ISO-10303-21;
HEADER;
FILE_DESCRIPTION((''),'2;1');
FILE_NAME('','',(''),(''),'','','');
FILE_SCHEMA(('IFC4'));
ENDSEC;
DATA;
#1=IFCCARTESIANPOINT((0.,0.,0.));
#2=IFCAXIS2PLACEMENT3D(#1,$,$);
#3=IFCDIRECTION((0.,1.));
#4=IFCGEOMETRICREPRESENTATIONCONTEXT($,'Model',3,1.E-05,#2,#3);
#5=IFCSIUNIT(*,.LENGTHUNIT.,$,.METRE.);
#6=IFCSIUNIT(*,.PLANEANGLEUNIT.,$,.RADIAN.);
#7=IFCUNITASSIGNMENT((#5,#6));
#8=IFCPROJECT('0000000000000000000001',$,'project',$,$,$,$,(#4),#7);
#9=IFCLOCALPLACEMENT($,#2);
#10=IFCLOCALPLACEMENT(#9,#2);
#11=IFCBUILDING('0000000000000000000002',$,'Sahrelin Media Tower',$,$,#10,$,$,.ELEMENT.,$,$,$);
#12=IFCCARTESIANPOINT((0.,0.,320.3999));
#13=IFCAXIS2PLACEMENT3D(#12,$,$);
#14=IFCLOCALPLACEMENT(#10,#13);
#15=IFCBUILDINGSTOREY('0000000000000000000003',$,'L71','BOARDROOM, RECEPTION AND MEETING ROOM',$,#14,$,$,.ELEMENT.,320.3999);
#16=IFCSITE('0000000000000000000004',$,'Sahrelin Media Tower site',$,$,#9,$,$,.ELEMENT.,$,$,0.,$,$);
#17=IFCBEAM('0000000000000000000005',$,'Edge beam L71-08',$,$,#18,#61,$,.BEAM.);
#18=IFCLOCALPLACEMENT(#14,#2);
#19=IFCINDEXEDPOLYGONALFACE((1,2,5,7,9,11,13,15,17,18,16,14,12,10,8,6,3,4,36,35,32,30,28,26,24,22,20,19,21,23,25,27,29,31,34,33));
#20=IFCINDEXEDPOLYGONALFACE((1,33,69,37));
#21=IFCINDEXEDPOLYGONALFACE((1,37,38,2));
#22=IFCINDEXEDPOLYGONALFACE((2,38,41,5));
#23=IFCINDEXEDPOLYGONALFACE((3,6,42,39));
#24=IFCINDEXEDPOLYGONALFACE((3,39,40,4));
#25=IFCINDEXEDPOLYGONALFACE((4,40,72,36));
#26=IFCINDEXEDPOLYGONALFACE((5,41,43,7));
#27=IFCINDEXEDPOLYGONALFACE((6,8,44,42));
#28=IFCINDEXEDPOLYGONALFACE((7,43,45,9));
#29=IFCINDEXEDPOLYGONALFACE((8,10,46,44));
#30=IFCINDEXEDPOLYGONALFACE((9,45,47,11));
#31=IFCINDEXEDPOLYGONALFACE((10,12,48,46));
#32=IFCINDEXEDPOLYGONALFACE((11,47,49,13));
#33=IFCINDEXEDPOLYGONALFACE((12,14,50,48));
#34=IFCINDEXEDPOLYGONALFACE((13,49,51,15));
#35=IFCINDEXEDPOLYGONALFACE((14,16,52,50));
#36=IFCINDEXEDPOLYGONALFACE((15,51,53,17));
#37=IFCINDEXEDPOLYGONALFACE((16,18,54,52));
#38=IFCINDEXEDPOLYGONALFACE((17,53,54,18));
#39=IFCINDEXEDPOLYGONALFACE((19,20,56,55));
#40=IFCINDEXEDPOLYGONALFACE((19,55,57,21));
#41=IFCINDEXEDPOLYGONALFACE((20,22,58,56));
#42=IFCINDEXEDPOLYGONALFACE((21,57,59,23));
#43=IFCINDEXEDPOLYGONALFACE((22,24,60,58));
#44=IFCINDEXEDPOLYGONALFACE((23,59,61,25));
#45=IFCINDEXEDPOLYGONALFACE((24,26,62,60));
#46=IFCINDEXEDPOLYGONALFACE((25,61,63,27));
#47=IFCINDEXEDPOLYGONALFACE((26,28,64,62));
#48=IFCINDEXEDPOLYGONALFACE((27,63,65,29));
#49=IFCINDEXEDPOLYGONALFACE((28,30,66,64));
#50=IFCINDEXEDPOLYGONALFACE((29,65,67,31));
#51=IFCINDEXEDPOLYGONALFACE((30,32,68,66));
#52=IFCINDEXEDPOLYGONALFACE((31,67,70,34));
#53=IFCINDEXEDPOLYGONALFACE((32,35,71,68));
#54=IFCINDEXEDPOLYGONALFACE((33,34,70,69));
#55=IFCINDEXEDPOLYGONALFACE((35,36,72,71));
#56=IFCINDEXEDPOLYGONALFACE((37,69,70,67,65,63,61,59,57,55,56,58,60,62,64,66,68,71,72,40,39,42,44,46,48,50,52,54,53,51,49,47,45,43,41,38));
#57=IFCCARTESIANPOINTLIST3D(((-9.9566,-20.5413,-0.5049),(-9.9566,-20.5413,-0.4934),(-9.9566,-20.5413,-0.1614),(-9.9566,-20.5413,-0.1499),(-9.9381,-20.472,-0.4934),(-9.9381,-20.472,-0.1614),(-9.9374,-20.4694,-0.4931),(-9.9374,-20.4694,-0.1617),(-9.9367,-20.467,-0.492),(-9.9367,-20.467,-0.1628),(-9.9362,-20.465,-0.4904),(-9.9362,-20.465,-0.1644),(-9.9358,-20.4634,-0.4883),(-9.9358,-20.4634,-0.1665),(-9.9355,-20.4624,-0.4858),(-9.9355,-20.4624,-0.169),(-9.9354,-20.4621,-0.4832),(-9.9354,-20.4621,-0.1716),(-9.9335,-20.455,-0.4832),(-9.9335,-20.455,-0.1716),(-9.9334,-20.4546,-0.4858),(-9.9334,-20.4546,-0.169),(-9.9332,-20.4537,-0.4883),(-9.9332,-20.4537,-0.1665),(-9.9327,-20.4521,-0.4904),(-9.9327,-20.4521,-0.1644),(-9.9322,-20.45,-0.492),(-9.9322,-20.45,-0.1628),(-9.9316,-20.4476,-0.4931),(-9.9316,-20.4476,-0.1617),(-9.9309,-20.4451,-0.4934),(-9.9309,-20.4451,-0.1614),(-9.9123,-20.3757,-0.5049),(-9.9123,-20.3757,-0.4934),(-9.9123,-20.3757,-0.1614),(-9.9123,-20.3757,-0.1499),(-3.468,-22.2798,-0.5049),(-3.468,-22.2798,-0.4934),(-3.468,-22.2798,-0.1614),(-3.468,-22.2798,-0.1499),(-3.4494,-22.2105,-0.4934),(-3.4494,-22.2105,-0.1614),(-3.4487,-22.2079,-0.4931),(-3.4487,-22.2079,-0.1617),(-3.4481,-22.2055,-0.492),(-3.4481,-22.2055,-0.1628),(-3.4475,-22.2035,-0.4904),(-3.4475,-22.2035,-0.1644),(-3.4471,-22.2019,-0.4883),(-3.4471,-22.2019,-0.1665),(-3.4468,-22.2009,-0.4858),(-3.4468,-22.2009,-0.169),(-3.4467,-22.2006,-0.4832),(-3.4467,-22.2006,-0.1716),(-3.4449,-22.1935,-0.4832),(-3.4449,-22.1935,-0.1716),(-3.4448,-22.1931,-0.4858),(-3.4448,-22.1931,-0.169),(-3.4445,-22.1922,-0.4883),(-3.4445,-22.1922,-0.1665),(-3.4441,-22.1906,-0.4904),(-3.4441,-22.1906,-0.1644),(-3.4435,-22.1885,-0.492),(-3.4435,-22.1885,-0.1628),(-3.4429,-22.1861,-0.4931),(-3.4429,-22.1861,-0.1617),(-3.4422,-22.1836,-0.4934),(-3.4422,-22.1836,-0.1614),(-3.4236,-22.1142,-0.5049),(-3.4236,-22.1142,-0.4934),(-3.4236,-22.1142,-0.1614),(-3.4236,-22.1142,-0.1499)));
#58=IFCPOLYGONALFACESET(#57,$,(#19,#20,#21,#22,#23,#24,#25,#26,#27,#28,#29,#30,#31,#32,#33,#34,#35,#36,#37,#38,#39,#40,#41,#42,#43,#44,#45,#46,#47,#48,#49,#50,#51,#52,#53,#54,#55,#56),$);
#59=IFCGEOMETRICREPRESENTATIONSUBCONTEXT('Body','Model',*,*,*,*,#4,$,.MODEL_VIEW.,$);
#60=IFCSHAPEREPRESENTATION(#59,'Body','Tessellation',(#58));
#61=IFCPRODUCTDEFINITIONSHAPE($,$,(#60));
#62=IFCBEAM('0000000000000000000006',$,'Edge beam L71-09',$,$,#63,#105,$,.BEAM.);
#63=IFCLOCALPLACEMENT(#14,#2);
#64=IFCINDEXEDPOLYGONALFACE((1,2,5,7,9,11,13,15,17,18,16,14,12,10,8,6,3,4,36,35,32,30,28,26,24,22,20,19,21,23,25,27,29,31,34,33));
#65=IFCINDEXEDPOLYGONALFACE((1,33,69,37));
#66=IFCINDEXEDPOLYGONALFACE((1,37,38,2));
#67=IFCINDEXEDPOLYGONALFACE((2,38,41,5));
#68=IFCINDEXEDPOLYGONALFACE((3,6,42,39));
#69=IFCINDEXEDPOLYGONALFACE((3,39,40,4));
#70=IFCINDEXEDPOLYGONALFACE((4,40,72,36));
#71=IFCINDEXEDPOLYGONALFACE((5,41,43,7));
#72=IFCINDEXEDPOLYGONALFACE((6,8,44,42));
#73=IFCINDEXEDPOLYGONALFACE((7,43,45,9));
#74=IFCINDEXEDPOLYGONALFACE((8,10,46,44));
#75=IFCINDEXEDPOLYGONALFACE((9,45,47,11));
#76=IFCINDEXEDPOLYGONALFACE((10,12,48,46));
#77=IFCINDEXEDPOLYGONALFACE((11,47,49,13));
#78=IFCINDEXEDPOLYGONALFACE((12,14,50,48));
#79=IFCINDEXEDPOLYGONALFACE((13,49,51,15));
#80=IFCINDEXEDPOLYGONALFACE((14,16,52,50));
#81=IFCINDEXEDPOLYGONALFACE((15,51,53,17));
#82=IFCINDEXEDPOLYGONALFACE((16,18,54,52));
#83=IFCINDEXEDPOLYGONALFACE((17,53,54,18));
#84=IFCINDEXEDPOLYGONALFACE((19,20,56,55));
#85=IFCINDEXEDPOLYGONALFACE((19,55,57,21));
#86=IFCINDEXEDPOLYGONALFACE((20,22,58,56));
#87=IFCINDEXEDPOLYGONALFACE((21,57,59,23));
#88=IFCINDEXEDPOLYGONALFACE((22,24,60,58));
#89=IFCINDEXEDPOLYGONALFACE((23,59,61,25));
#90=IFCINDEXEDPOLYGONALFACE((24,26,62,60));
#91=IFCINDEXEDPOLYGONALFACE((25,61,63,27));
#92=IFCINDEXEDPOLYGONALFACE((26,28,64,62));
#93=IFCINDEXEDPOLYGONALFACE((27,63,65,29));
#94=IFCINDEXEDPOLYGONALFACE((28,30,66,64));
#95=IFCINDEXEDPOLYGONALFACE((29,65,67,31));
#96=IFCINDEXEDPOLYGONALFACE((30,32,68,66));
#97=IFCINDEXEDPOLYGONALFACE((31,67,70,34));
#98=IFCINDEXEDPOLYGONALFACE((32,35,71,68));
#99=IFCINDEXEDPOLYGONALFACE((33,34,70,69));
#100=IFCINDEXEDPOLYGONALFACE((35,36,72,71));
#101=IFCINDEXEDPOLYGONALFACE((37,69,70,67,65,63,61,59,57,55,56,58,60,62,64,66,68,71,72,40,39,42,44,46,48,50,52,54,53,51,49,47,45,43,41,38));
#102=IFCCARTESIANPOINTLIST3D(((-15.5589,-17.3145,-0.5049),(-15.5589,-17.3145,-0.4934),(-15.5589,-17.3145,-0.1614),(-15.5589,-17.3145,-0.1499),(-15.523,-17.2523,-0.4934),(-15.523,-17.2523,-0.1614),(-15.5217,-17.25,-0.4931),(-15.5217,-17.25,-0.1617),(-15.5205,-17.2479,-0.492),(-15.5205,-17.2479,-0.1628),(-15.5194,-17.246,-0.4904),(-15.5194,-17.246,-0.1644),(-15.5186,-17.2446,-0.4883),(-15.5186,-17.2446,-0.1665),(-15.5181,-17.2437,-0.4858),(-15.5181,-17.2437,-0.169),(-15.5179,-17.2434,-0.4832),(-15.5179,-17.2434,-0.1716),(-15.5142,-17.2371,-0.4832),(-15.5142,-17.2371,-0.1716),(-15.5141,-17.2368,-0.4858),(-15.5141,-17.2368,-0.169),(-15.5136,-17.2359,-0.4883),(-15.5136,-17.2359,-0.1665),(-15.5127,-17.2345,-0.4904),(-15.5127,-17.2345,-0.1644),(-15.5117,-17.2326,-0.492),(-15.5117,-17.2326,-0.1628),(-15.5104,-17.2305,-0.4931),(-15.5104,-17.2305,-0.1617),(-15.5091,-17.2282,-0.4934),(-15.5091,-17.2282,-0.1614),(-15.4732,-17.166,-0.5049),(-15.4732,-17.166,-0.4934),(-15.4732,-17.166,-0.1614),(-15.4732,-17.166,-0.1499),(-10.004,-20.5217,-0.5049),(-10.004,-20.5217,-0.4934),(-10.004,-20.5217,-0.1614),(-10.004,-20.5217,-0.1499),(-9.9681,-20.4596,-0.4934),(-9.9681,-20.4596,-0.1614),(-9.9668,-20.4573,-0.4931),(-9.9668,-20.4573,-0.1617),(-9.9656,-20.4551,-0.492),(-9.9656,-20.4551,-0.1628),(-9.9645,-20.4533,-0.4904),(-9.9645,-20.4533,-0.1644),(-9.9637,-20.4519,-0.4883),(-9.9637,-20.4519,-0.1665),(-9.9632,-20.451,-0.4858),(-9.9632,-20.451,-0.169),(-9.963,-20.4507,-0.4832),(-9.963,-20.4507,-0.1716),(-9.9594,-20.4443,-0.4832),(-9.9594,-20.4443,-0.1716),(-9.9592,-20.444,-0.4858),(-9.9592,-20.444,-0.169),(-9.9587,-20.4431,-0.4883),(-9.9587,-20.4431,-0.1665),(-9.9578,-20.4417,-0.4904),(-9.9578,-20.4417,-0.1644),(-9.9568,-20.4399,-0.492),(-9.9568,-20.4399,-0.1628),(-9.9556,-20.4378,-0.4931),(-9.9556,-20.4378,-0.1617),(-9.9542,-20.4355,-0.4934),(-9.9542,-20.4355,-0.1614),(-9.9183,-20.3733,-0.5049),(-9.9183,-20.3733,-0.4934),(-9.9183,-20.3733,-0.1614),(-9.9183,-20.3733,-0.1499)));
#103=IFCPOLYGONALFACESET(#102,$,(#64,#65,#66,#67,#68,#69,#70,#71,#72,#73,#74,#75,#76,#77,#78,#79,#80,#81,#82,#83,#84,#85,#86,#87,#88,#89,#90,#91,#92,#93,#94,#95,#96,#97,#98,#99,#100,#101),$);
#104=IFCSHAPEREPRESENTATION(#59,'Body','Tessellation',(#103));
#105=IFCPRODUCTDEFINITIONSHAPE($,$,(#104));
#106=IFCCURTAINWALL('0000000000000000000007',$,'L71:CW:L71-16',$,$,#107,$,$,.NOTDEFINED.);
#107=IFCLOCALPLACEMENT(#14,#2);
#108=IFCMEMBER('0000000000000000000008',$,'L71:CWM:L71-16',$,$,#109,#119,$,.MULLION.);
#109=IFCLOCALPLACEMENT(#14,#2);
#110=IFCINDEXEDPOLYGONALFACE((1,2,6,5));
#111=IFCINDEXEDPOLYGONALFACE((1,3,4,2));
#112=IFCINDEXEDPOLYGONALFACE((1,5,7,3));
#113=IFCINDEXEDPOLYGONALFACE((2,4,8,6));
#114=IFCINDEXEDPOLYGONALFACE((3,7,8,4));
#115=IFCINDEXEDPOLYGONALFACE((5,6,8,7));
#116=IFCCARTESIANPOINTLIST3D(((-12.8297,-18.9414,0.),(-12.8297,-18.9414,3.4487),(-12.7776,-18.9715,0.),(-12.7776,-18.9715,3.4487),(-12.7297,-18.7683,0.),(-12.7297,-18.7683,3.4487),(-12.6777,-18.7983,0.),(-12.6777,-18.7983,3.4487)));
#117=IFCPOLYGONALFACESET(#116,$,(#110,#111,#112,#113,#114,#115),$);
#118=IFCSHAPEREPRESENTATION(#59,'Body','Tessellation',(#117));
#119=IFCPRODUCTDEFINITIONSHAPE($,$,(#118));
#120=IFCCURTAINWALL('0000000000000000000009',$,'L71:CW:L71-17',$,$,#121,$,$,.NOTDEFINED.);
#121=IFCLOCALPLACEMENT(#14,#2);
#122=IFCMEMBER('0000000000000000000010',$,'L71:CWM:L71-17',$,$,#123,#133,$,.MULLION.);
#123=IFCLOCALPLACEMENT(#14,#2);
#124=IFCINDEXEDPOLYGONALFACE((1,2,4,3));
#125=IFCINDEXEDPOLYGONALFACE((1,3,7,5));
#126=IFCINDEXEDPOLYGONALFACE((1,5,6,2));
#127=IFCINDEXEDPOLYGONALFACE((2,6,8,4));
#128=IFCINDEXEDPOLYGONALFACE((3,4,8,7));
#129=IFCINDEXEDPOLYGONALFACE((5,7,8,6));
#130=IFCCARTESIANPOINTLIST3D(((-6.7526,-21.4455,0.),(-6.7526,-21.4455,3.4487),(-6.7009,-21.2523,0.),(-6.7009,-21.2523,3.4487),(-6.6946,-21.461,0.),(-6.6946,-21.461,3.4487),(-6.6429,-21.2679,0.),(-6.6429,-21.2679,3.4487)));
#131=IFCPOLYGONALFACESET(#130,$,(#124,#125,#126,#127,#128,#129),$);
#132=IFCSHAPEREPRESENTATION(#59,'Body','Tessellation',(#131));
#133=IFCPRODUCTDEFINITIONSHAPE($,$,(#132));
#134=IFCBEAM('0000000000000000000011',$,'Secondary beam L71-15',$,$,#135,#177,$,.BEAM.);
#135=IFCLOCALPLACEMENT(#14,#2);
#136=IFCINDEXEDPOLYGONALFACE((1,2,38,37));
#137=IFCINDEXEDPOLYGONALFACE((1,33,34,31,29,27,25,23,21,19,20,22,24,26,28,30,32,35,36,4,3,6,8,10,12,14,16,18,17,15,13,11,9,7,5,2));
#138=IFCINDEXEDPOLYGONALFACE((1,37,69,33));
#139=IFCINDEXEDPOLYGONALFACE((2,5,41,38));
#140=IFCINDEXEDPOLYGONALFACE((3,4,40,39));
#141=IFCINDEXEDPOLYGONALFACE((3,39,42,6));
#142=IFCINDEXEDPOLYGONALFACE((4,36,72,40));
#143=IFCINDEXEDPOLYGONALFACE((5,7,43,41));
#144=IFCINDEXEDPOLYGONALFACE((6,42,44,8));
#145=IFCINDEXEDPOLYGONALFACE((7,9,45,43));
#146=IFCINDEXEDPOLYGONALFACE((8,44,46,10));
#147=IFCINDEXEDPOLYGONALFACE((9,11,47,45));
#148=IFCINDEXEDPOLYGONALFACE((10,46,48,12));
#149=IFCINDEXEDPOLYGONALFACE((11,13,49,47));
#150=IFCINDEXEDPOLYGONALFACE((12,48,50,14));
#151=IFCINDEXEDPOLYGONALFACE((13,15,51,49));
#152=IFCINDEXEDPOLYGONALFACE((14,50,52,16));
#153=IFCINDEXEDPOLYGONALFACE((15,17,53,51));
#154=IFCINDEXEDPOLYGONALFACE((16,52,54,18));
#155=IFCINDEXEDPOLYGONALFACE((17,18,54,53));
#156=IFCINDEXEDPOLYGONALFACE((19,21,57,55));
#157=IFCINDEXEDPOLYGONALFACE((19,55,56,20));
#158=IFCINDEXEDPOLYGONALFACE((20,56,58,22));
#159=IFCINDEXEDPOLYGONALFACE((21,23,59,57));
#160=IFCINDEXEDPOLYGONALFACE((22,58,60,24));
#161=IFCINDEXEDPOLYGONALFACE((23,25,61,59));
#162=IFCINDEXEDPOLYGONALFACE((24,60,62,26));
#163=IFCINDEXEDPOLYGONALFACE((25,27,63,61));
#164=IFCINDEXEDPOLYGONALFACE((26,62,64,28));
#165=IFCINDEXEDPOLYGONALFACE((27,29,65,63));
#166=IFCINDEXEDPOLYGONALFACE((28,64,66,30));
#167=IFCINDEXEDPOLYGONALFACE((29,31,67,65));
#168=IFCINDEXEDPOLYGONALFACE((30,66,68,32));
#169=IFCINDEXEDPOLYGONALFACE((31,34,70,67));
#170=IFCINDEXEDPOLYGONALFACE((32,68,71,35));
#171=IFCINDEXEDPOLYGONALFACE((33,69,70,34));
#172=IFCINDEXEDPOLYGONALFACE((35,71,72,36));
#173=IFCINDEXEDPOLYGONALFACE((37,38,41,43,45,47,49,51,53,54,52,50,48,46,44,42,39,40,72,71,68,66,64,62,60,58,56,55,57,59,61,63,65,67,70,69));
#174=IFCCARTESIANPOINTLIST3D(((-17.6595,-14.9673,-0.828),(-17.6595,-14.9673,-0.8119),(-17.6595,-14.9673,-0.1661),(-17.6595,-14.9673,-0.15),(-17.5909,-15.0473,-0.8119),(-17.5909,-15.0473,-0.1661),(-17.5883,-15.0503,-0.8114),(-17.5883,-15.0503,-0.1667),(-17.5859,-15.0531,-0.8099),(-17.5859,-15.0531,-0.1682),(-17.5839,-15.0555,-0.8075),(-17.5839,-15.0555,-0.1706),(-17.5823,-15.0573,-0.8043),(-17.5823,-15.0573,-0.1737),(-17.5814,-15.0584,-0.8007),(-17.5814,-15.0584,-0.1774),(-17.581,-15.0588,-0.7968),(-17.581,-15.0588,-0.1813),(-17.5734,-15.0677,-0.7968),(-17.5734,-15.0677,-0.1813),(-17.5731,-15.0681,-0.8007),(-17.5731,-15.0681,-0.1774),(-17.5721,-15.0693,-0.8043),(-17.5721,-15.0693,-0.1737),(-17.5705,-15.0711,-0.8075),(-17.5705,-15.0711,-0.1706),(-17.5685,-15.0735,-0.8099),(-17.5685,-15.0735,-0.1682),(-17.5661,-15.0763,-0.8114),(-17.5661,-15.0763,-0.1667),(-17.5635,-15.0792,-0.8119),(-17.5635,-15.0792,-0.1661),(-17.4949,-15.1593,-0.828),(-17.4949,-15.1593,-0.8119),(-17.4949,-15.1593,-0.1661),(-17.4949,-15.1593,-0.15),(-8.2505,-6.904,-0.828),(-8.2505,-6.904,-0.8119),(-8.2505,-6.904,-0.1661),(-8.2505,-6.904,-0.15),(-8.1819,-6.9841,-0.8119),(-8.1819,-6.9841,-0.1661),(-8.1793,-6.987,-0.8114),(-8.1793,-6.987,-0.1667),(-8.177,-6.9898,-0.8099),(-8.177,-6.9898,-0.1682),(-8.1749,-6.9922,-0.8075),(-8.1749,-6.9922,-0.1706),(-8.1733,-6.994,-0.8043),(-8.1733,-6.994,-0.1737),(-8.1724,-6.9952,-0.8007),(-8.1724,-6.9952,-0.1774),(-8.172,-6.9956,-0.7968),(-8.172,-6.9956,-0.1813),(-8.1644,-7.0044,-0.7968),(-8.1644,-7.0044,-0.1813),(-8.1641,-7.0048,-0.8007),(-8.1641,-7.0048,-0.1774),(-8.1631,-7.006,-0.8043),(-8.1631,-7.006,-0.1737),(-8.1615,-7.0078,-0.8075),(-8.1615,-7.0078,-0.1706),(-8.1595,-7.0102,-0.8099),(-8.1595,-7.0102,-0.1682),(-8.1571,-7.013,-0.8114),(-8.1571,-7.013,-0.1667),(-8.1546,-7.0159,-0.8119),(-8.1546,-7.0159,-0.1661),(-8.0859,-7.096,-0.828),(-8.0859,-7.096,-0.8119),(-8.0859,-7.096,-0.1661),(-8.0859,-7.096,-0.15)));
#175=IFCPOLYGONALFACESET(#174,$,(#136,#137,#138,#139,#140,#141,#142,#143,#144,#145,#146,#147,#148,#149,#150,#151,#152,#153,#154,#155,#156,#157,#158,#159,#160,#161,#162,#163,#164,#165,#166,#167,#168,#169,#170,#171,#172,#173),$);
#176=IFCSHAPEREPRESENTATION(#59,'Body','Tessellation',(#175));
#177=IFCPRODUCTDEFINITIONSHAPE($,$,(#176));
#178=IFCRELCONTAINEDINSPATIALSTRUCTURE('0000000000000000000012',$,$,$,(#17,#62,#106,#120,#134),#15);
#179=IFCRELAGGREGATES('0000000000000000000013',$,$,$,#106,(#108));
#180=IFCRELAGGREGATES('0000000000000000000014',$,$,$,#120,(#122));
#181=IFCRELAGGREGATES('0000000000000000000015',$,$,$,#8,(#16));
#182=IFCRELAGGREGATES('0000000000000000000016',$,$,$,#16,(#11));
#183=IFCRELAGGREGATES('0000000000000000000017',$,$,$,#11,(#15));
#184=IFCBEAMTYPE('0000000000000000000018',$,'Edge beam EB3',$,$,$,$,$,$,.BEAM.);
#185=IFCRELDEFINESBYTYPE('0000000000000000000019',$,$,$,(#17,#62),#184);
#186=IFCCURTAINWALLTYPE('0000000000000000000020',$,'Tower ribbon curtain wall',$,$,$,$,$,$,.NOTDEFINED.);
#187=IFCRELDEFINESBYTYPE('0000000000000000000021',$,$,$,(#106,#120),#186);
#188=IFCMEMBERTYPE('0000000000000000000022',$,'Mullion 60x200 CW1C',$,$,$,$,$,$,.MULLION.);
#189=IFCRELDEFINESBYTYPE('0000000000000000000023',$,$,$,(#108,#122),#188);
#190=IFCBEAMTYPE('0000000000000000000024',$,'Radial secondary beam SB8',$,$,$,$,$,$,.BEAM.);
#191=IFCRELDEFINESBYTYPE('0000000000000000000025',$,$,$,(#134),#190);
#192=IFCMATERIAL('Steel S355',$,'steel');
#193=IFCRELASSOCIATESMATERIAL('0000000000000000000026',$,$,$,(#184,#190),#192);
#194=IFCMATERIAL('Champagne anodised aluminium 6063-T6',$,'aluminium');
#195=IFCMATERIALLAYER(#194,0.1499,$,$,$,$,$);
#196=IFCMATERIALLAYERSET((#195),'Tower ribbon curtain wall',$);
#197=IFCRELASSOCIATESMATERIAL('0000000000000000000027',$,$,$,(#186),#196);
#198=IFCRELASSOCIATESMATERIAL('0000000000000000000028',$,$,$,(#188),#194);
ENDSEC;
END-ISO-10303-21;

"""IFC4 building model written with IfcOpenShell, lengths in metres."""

from ifc_helpers import new_model, si_unit, direction, frame, origin, origin_2d, place, context, subcontext, project, spatial, rectangle, i_section, extrude, material, layer, layer_set, material_profile, profile_set, type_object, element, aggregate, save


model = new_model("IFC4")

# Units and contexts
model_context = context("Model", 3, precision=1e-05, world=origin(), true_north=direction((0.0, 1.0)))
body_context = subcontext(model_context, "Body", "Model", "MODEL_VIEW")
ifc_project = project(units=[si_unit("LENGTHUNIT", "METRE"), si_unit("PLANEANGLEUNIT", "RADIAN")], contexts=[model_context])

# Site, building, storey
site_placement = place(None, origin())
site = spatial("IfcSite", under=ifc_project, at=site_placement, Name="Sahrelin Media Tower site", CompositionType="ELEMENT", RefElevation=0.0)
building_placement = place(site_placement, origin())
building = spatial("IfcBuilding", under=site, at=building_placement, Name="Sahrelin Media Tower", CompositionType="ELEMENT")
storey_placement = place(building_placement, frame((0.0, 0.0, 320.3999)))
storey = spatial("IfcBuildingStorey", under=building, at=storey_placement, Name="L71", Description="BOARDROOM, RECEPTION AND MEETING ROOM", CompositionType="ELEMENT", Elevation=320.3999)

# Beams
ifc_material_1 = material(Name="Steel S355", Category="steel")
ifc_material_profile_1 = material_profile(ifc_material_1, i_section(OverallWidth=0.1714, OverallDepth=0.355, WebThickness=0.0073, FlangeThickness=0.0115, FilletRadius=0.0103, at=origin_2d()), Name="UB 356x171x51")
ifc_profile_set_1 = profile_set([ifc_material_profile_1], Name="Steel S355")
beam_type_1 = type_object("IfcBeamType", Name="Edge beam EB3", PredefinedType="BEAM", material=ifc_profile_set_1)
beam_1_placement = place(storey_placement, frame((-3.4458, -22.197, -0.3274), z_axis=(-0.965931, 0.2588, 0.0), x_axis=(-0.2588, -0.965931, 0.0)))
element("IfcBeam", 1, at=beam_1_placement, inside=storey, type_object=beam_type_1, Name="Edge beam L71-08", PredefinedType="BEAM", context=body_context, shape_type="SweptSolid", body=[
    extrude(i_section(OverallWidth=0.1714, OverallDepth=0.355, WebThickness=0.0073, FlangeThickness=0.0115, FilletRadius=0.0103, at=origin_2d()), origin(), (0.0, 0.0, 1.0), 6.7175),
])
beam_2_placement = place(storey_placement, frame((-9.9612, -20.4475, -0.3274), z_axis=(-0.866016, 0.500016, 0.0), x_axis=(-0.500016, -0.866016, 0.0)))
element("IfcBeam", 2, at=beam_2_placement, inside=storey, type_object=beam_type_1, Name="Edge beam L71-09", PredefinedType="BEAM", context=body_context, shape_type="SweptSolid", body=[
    extrude(i_section(OverallWidth=0.1714, OverallDepth=0.355, WebThickness=0.0073, FlangeThickness=0.0115, FilletRadius=0.0103, at=origin_2d()), origin(), (0.0, 0.0, 1.0), 6.4143),
])

# Curtain walls, members
ifc_material_2 = material(Name="Champagne anodised aluminium 6063-T6", Category="aluminium")
ifc_layer_1 = layer(ifc_material_2, 0.1499)
ifc_layer_set_1 = layer_set([ifc_layer_1], Name="Tower ribbon curtain wall")
curtain_wall_type = type_object("IfcCurtainWallType", Name="Tower ribbon curtain wall", PredefinedType="NOTDEFINED", material=ifc_layer_set_1)
curtain_wall_1_placement = place(storey_placement, frame((-12.8137, -18.9739, 0.0), z_axis=(0.0, 0.0, 1.0), x_axis=(1.0, 0.0, 0.0)))
curtain_wall_1 = element("IfcCurtainWall", 3, at=curtain_wall_1_placement, inside=storey, type_object=curtain_wall_type, Name="L71:CW:L71-16", PredefinedType="NOTDEFINED")
ifc_material_profile_2 = material_profile(ifc_material_2, rectangle(XDim=0.0601, YDim=0.2, at=origin_2d()), Name="Mullion 60x200")
ifc_profile_set_2 = profile_set([ifc_material_profile_2], Name="Champagne anodised aluminium 6063-T6")
member_type_1 = type_object("IfcMemberType", Name="Mullion 60x200 CW1C", PredefinedType="MULLION", material=ifc_profile_set_2)
member_1_placement = place(storey_placement, frame((-12.7537, -18.8699, 0.0), z_axis=(0.0, 0.0, 1.0), x_axis=(0.866024, -0.500003, 0.0)))
member_1 = element("IfcMember", 4, at=member_1_placement, type_object=member_type_1, Name="L71:CWM:L71-16", PredefinedType="MULLION", context=body_context, shape_type="SweptSolid", body=[
    extrude(rectangle(XDim=0.0601, YDim=0.2, at=origin_2d()), origin(), (0.0, 0.0, 1.0), 3.4487),
])
aggregate(curtain_wall_1, [member_1])
curtain_wall_2_placement = place(storey_placement, frame((-6.729, -21.4727, 0.0), z_axis=(0.0, 0.0, 1.0), x_axis=(1.0, 0.0, 0.0)))
curtain_wall_2 = element("IfcCurtainWall", 5, at=curtain_wall_2_placement, inside=storey, type_object=curtain_wall_type, Name="L71:CW:L71-17", PredefinedType="NOTDEFINED")
member_2_placement = place(storey_placement, frame((-6.6978, -21.3567, 0.0), z_axis=(0.0, 0.0, 1.0), x_axis=(0.965926, -0.258817, 0.0)))
member_2 = element("IfcMember", 6, at=member_2_placement, type_object=member_type_1, Name="L71:CWM:L71-17", PredefinedType="MULLION", context=body_context, shape_type="SweptSolid", body=[
    extrude(rectangle(XDim=0.0601, YDim=0.2, at=origin_2d()), origin(), (0.0, 0.0, 1.0), 3.4487),
])

# Beam
ifc_material_profile_3 = material_profile(ifc_material_1, i_section(OverallWidth=0.2529, OverallDepth=0.678, WebThickness=0.0117, FlangeThickness=0.0161, FilletRadius=0.0151, at=origin_2d()), Name="UB 686x254x125")
ifc_profile_set_3 = profile_set([ifc_material_profile_3], Name="Steel S355")
beam_type_2 = type_object("IfcBeamType", Name="Radial secondary beam SB8", PredefinedType="BEAM", material=ifc_profile_set_3)
beam_3_placement = place(storey_placement, frame((-8.1682, -7.0, -0.489), z_axis=(-0.759319, -0.650718, 0.0), x_axis=(0.650718, -0.759319, 0.0)))
element("IfcBeam", 7, at=beam_3_placement, inside=storey, type_object=beam_type_2, Name="Secondary beam L71-15", PredefinedType="BEAM", context=body_context, shape_type="SweptSolid", body=[
    extrude(i_section(OverallWidth=0.2529, OverallDepth=0.678, WebThickness=0.0117, FlangeThickness=0.0161, FilletRadius=0.0151, at=origin_2d()), origin(), (0.0, 0.0, 1.0), 12.3914),
])

aggregate(curtain_wall_2, [member_2])

save(model, "model.ifc")
